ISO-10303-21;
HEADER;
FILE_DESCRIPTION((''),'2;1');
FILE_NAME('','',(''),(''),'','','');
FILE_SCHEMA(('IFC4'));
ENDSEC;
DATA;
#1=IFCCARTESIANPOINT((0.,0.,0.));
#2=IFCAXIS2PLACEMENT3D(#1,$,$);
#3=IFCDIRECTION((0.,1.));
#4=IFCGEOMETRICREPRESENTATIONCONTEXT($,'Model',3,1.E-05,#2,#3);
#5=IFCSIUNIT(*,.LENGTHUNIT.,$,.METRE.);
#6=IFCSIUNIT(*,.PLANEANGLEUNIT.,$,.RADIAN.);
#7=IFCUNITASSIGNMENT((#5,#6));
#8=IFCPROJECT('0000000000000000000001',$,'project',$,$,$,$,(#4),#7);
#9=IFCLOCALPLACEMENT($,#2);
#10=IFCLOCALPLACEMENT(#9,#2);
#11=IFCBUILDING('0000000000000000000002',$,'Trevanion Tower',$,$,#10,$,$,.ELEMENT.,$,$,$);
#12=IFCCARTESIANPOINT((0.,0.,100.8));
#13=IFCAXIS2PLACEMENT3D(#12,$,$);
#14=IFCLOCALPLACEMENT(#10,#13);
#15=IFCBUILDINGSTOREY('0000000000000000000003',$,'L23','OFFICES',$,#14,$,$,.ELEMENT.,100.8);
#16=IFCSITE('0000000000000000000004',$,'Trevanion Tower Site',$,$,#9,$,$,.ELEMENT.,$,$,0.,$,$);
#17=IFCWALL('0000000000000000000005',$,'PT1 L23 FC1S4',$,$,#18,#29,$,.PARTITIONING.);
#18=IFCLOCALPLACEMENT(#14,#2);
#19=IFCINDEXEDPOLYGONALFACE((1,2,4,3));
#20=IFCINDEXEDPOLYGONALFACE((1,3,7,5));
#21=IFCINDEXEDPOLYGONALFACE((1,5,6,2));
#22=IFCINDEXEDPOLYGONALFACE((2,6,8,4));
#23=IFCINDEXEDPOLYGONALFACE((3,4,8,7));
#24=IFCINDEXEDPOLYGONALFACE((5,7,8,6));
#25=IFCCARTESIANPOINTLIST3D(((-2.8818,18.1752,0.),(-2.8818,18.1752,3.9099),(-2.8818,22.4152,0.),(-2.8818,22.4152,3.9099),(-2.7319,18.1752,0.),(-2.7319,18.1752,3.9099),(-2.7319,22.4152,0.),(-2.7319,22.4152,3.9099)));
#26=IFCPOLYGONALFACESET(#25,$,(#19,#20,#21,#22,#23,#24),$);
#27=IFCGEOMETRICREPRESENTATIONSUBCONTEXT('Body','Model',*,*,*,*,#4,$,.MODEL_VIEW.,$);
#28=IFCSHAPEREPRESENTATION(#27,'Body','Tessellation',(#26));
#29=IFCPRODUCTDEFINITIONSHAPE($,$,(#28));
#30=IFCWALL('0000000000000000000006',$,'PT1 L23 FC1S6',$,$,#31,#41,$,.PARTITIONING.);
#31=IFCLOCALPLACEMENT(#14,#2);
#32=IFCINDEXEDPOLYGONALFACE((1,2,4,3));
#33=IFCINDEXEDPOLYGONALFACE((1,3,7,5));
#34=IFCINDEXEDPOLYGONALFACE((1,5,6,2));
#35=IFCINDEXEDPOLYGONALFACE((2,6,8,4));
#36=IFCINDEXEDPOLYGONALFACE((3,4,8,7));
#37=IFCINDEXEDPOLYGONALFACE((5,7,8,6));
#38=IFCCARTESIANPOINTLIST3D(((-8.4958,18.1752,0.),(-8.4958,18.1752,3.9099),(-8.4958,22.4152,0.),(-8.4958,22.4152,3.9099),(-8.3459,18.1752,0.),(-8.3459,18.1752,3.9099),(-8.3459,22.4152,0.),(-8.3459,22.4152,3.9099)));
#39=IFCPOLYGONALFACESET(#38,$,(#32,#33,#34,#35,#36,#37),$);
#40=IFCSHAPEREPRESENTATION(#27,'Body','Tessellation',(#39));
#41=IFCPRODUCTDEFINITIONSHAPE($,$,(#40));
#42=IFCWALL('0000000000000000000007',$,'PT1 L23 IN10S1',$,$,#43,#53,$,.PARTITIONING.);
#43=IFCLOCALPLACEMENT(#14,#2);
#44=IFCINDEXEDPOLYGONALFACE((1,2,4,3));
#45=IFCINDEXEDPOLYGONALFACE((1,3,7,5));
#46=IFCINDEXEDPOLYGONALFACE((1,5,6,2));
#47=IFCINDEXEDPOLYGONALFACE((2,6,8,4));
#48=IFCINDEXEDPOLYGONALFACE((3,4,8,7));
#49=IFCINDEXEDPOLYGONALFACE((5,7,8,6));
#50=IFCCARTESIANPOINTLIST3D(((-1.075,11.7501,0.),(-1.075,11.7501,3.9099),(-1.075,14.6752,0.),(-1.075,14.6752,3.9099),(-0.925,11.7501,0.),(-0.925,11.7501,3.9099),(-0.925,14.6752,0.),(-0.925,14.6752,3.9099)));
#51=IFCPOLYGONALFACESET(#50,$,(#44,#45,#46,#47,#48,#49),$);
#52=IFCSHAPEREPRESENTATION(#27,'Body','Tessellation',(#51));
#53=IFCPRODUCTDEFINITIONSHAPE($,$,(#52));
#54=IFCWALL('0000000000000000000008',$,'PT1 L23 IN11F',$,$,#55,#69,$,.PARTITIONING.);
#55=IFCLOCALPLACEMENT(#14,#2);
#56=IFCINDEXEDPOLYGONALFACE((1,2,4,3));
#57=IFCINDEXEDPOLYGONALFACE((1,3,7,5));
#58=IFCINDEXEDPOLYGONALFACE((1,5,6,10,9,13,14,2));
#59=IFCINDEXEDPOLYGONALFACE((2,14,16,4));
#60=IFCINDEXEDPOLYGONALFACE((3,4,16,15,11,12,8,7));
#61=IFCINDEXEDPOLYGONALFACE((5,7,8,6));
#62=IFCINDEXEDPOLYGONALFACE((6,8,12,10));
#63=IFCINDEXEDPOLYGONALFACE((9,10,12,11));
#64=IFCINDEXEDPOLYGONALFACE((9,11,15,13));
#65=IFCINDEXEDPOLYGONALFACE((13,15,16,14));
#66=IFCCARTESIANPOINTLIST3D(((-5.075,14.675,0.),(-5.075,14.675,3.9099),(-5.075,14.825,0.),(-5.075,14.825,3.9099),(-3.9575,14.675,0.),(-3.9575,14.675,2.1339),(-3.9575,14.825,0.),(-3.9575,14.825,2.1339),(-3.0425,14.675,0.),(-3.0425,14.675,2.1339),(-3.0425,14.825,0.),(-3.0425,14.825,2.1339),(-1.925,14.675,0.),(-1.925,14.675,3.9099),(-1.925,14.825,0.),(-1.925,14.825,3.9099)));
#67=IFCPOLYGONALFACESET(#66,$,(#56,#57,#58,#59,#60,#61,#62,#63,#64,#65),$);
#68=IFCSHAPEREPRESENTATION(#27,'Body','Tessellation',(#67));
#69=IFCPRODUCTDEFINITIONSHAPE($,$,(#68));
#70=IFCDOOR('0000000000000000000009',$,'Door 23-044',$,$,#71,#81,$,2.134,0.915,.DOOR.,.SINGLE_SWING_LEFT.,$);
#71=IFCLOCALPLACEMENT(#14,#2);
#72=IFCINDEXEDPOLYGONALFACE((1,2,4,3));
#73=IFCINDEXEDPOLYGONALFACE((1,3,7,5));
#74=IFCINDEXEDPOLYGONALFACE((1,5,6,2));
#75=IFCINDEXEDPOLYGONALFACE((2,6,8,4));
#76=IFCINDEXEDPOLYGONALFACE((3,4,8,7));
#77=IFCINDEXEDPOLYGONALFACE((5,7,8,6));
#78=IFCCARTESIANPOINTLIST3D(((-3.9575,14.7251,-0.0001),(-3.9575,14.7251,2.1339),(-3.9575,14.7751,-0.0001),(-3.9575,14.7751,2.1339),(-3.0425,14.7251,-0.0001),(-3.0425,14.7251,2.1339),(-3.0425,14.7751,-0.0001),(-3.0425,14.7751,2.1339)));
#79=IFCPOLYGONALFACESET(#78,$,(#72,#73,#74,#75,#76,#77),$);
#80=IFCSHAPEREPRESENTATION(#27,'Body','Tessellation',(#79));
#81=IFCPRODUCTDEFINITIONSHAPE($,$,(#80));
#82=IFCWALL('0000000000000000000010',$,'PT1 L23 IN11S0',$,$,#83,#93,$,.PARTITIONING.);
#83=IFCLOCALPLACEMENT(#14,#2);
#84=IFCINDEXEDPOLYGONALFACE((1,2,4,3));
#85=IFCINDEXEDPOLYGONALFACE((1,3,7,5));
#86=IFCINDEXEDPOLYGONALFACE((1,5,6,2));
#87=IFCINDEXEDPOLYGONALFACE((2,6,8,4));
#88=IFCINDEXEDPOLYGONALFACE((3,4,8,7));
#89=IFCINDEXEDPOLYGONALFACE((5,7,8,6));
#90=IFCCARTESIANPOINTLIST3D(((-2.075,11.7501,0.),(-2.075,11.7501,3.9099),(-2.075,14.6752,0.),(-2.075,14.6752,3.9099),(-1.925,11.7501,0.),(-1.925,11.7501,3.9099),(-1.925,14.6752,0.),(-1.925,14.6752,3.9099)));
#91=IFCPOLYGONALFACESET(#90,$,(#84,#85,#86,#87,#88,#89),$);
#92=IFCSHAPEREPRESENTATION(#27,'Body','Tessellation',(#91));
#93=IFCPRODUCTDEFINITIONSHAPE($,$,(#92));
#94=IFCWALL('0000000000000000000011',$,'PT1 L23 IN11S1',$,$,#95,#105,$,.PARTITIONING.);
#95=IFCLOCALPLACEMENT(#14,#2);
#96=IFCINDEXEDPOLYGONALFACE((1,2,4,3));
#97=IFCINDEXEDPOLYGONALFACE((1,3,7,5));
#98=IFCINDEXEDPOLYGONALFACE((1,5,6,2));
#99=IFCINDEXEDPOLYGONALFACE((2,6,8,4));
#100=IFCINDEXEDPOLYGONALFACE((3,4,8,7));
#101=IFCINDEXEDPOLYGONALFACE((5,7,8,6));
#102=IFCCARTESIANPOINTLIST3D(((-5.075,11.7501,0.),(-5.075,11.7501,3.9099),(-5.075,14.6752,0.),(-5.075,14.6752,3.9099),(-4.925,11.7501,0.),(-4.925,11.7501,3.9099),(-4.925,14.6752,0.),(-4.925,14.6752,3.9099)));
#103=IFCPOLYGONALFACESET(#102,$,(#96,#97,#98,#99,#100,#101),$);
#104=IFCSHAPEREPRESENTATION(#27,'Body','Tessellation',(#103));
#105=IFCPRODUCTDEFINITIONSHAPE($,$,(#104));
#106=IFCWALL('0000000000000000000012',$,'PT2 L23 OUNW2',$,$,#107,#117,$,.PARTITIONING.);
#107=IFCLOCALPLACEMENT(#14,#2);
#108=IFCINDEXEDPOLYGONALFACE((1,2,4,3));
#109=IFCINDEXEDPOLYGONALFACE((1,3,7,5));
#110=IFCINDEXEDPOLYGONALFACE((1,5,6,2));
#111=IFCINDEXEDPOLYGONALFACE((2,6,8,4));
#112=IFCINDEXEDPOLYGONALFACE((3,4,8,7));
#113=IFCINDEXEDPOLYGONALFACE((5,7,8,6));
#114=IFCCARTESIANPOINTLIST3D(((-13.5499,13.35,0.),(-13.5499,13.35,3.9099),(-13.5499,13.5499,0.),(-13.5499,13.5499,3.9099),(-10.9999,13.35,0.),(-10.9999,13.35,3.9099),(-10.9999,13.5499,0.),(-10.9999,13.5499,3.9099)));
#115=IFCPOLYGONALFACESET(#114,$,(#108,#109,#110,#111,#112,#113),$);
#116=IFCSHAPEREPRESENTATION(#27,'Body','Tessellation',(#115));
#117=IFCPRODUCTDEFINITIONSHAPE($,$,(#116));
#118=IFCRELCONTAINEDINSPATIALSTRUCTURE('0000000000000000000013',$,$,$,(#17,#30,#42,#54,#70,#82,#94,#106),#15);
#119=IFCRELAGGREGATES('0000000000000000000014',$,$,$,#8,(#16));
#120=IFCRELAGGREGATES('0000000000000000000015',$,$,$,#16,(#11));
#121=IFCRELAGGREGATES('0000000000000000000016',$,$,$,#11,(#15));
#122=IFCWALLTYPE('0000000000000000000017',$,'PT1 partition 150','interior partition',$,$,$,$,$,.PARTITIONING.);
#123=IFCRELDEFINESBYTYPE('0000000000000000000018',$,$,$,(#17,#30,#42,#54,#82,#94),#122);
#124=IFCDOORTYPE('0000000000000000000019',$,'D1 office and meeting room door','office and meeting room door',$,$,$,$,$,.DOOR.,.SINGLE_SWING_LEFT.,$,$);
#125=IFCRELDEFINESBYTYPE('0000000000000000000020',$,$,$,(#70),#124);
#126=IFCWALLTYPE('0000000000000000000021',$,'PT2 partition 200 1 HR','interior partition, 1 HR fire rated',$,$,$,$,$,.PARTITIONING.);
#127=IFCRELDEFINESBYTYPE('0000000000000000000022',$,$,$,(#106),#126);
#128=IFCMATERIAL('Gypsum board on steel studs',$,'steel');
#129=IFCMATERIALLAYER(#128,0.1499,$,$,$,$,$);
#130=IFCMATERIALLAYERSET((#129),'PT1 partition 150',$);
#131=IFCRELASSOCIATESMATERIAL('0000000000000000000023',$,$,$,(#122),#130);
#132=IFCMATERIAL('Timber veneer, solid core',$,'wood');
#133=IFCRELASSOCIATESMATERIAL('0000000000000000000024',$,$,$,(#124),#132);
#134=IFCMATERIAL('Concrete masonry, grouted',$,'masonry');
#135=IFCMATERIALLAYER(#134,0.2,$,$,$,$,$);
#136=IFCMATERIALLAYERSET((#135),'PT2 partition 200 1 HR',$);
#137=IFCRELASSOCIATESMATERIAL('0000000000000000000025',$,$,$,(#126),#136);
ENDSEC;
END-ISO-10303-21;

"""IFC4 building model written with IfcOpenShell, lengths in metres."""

from ifc_helpers import new_model, si_unit, direction, frame, frame_2d, origin, place, context, subcontext, project, spatial, rectangle, extrude, material, layer, layer_set, type_object, element, fill, save


model = new_model("IFC4")

# Units and contexts
model_context = context("Model", 3, precision=1e-05, world=origin(), true_north=direction((0.0, 1.0)))
body_context = subcontext(model_context, "Body", "Model", "MODEL_VIEW")
ifc_project = project(units=[si_unit("LENGTHUNIT", "METRE"), si_unit("PLANEANGLEUNIT", "RADIAN")], contexts=[model_context])

# Site, building, storey
site_placement = place(None, origin())
site = spatial("IfcSite", under=ifc_project, at=site_placement, Name="Trevanion Tower Site", CompositionType="ELEMENT", RefElevation=0.0)
building_placement = place(site_placement, origin())
building = spatial("IfcBuilding", under=site, at=building_placement, Name="Trevanion Tower", CompositionType="ELEMENT")
storey_placement = place(building_placement, frame((0.0, 0.0, 100.8)))
storey = spatial("IfcBuildingStorey", under=building, at=storey_placement, Name="L23", Description="OFFICES", CompositionType="ELEMENT", Elevation=100.8)

# Walls
ifc_material_1 = material(Name="Gypsum board on steel studs", Category="steel")
ifc_layer_1 = layer(ifc_material_1, 0.1499)
ifc_layer_set_1 = layer_set([ifc_layer_1], Name="PT1 partition 150")
wall_type_1 = type_object("IfcWallType", Name="PT1 partition 150", Description="interior partition", PredefinedType="PARTITIONING", material=ifc_layer_set_1)
for number, where, z_axis, x_axis, name in (
    (1, (-2.8069, 18.175, 0.0), (0.0, 0.0, 1.0), (0.0, 1.0, 0.0), "PT1 L23 FC1S4"),
    (2, (-8.4209, 18.175, 0.0), (0.0, 0.0, 1.0), (0.0, 1.0, 0.0), "PT1 L23 FC1S6"),
):
    element("IfcWall", number, at=place(storey_placement, frame(where, z_axis=z_axis, x_axis=x_axis)), inside=storey, type_object=wall_type_1, Name=name, PredefinedType="PARTITIONING", context=body_context, shape_type="SweptSolid", body=[
        extrude(rectangle(XDim=4.24, YDim=0.1499, at=frame_2d((2.1201, 0.0))), origin(), (0.0, 0.0, 1.0), 3.9099),
    ])
wall_1_placement = place(storey_placement, frame((-1.0, 14.675, 0.0), z_axis=(0.0, 0.0, 1.0), x_axis=(0.0, -1.0, 0.0)))
element("IfcWall", 3, at=wall_1_placement, inside=storey, type_object=wall_type_1, Name="PT1 L23 IN10S1", PredefinedType="PARTITIONING", context=body_context, shape_type="SweptSolid", body=[
    extrude(rectangle(XDim=2.925, YDim=0.1499, at=frame_2d((1.4624, 0.0))), origin(), (0.0, 0.0, 1.0), 3.9099),
])

# Wall, opening, door
wall_2_placement = place(storey_placement, frame((-1.925, 14.75, 0.0), z_axis=(0.0, 0.0, 1.0), x_axis=(-1.0, 0.0, 0.0)))
wall_2 = element("IfcWall", 4, at=wall_2_placement, inside=storey, type_object=wall_type_1, Name="PT1 L23 IN11F", PredefinedType="PARTITIONING", context=body_context, shape_type="SweptSolid", body=[
    extrude(rectangle(XDim=3.1499, YDim=0.1499, at=frame_2d((1.575, 0.0))), origin(), (0.0, 0.0, 1.0), 3.9099),
])
opening_placement = place(wall_2_placement, frame((1.1174, 0.0, 0.0)))
opening = element("IfcOpeningElement", 5, at=opening_placement, cuts=wall_2, PredefinedType="OPENING", context=body_context, shape_type="SweptSolid", body=[
    extrude(rectangle(XDim=0.915, YDim=2.134, at=frame_2d((0.4575, 1.0669))), frame((0.0, 0.085, 0.0), z_axis=(0.0, -1.0, 0.0), x_axis=(1.0, 0.0, 0.0)), (0.0, 0.0, 1.0), 0.1699),
])
ifc_material_2 = material(Name="Timber veneer, solid core", Category="wood")
door_type = type_object("IfcDoorType", Name="D1 office and meeting room door", Description="office and meeting room door", OperationType="SINGLE_SWING_LEFT", PredefinedType="DOOR", material=ifc_material_2)
door_placement = place(opening_placement, origin())
door = element("IfcDoor", 6, at=door_placement, inside=storey, type_object=door_type, Name="Door 23-044", OperationType="SINGLE_SWING_LEFT", OverallHeight=2.134, OverallWidth=0.915, PredefinedType="DOOR", context=body_context, shape_type="SweptSolid", body=[
    extrude(rectangle(XDim=0.915, YDim=2.134, at=frame_2d((0.4575, 1.0669))), frame((0.0, 0.0249, 0.0), z_axis=(0.0, -1.0, 0.0), x_axis=(1.0, 0.0, 0.0)), (0.0, 0.0, 1.0), 0.05),
])
fill(opening, door)

# Walls
for number, where, z_axis, x_axis, name in (
    (7, (-2.0, 14.675, 0.0), (0.0, 0.0, 1.0), (0.0, -1.0, 0.0), "PT1 L23 IN11S0"),
    (8, (-5.0, 14.675, 0.0), (0.0, 0.0, 1.0), (0.0, -1.0, 0.0), "PT1 L23 IN11S1"),
):
    element("IfcWall", number, at=place(storey_placement, frame(where, z_axis=z_axis, x_axis=x_axis)), inside=storey, type_object=wall_type_1, Name=name, PredefinedType="PARTITIONING", context=body_context, shape_type="SweptSolid", body=[
        extrude(rectangle(XDim=2.925, YDim=0.1499, at=frame_2d((1.4624, 0.0))), origin(), (0.0, 0.0, 1.0), 3.9099),
    ])
ifc_material_3 = material(Name="Concrete masonry, grouted", Category="masonry")
ifc_layer_2 = layer(ifc_material_3, 0.2)
ifc_layer_set_2 = layer_set([ifc_layer_2], Name="PT2 partition 200 1 HR")
wall_type_2 = type_object("IfcWallType", Name="PT2 partition 200 1 HR", Description="interior partition, 1 HR fire rated", PredefinedType="PARTITIONING", material=ifc_layer_set_2)
wall_3_placement = place(storey_placement, frame((-11.0, 13.45, 0.0), z_axis=(0.0, 0.0, 1.0), x_axis=(-1.0, 0.0, 0.0)))
element("IfcWall", 9, at=wall_3_placement, inside=storey, type_object=wall_type_2, Name="PT2 L23 OUNW2", PredefinedType="PARTITIONING", context=body_context, shape_type="SweptSolid", body=[
    extrude(rectangle(XDim=2.55, YDim=0.2, at=frame_2d((1.2749, 0.0))), origin(), (0.0, 0.0, 1.0), 3.9099),
])

save(model, "model.ifc")
